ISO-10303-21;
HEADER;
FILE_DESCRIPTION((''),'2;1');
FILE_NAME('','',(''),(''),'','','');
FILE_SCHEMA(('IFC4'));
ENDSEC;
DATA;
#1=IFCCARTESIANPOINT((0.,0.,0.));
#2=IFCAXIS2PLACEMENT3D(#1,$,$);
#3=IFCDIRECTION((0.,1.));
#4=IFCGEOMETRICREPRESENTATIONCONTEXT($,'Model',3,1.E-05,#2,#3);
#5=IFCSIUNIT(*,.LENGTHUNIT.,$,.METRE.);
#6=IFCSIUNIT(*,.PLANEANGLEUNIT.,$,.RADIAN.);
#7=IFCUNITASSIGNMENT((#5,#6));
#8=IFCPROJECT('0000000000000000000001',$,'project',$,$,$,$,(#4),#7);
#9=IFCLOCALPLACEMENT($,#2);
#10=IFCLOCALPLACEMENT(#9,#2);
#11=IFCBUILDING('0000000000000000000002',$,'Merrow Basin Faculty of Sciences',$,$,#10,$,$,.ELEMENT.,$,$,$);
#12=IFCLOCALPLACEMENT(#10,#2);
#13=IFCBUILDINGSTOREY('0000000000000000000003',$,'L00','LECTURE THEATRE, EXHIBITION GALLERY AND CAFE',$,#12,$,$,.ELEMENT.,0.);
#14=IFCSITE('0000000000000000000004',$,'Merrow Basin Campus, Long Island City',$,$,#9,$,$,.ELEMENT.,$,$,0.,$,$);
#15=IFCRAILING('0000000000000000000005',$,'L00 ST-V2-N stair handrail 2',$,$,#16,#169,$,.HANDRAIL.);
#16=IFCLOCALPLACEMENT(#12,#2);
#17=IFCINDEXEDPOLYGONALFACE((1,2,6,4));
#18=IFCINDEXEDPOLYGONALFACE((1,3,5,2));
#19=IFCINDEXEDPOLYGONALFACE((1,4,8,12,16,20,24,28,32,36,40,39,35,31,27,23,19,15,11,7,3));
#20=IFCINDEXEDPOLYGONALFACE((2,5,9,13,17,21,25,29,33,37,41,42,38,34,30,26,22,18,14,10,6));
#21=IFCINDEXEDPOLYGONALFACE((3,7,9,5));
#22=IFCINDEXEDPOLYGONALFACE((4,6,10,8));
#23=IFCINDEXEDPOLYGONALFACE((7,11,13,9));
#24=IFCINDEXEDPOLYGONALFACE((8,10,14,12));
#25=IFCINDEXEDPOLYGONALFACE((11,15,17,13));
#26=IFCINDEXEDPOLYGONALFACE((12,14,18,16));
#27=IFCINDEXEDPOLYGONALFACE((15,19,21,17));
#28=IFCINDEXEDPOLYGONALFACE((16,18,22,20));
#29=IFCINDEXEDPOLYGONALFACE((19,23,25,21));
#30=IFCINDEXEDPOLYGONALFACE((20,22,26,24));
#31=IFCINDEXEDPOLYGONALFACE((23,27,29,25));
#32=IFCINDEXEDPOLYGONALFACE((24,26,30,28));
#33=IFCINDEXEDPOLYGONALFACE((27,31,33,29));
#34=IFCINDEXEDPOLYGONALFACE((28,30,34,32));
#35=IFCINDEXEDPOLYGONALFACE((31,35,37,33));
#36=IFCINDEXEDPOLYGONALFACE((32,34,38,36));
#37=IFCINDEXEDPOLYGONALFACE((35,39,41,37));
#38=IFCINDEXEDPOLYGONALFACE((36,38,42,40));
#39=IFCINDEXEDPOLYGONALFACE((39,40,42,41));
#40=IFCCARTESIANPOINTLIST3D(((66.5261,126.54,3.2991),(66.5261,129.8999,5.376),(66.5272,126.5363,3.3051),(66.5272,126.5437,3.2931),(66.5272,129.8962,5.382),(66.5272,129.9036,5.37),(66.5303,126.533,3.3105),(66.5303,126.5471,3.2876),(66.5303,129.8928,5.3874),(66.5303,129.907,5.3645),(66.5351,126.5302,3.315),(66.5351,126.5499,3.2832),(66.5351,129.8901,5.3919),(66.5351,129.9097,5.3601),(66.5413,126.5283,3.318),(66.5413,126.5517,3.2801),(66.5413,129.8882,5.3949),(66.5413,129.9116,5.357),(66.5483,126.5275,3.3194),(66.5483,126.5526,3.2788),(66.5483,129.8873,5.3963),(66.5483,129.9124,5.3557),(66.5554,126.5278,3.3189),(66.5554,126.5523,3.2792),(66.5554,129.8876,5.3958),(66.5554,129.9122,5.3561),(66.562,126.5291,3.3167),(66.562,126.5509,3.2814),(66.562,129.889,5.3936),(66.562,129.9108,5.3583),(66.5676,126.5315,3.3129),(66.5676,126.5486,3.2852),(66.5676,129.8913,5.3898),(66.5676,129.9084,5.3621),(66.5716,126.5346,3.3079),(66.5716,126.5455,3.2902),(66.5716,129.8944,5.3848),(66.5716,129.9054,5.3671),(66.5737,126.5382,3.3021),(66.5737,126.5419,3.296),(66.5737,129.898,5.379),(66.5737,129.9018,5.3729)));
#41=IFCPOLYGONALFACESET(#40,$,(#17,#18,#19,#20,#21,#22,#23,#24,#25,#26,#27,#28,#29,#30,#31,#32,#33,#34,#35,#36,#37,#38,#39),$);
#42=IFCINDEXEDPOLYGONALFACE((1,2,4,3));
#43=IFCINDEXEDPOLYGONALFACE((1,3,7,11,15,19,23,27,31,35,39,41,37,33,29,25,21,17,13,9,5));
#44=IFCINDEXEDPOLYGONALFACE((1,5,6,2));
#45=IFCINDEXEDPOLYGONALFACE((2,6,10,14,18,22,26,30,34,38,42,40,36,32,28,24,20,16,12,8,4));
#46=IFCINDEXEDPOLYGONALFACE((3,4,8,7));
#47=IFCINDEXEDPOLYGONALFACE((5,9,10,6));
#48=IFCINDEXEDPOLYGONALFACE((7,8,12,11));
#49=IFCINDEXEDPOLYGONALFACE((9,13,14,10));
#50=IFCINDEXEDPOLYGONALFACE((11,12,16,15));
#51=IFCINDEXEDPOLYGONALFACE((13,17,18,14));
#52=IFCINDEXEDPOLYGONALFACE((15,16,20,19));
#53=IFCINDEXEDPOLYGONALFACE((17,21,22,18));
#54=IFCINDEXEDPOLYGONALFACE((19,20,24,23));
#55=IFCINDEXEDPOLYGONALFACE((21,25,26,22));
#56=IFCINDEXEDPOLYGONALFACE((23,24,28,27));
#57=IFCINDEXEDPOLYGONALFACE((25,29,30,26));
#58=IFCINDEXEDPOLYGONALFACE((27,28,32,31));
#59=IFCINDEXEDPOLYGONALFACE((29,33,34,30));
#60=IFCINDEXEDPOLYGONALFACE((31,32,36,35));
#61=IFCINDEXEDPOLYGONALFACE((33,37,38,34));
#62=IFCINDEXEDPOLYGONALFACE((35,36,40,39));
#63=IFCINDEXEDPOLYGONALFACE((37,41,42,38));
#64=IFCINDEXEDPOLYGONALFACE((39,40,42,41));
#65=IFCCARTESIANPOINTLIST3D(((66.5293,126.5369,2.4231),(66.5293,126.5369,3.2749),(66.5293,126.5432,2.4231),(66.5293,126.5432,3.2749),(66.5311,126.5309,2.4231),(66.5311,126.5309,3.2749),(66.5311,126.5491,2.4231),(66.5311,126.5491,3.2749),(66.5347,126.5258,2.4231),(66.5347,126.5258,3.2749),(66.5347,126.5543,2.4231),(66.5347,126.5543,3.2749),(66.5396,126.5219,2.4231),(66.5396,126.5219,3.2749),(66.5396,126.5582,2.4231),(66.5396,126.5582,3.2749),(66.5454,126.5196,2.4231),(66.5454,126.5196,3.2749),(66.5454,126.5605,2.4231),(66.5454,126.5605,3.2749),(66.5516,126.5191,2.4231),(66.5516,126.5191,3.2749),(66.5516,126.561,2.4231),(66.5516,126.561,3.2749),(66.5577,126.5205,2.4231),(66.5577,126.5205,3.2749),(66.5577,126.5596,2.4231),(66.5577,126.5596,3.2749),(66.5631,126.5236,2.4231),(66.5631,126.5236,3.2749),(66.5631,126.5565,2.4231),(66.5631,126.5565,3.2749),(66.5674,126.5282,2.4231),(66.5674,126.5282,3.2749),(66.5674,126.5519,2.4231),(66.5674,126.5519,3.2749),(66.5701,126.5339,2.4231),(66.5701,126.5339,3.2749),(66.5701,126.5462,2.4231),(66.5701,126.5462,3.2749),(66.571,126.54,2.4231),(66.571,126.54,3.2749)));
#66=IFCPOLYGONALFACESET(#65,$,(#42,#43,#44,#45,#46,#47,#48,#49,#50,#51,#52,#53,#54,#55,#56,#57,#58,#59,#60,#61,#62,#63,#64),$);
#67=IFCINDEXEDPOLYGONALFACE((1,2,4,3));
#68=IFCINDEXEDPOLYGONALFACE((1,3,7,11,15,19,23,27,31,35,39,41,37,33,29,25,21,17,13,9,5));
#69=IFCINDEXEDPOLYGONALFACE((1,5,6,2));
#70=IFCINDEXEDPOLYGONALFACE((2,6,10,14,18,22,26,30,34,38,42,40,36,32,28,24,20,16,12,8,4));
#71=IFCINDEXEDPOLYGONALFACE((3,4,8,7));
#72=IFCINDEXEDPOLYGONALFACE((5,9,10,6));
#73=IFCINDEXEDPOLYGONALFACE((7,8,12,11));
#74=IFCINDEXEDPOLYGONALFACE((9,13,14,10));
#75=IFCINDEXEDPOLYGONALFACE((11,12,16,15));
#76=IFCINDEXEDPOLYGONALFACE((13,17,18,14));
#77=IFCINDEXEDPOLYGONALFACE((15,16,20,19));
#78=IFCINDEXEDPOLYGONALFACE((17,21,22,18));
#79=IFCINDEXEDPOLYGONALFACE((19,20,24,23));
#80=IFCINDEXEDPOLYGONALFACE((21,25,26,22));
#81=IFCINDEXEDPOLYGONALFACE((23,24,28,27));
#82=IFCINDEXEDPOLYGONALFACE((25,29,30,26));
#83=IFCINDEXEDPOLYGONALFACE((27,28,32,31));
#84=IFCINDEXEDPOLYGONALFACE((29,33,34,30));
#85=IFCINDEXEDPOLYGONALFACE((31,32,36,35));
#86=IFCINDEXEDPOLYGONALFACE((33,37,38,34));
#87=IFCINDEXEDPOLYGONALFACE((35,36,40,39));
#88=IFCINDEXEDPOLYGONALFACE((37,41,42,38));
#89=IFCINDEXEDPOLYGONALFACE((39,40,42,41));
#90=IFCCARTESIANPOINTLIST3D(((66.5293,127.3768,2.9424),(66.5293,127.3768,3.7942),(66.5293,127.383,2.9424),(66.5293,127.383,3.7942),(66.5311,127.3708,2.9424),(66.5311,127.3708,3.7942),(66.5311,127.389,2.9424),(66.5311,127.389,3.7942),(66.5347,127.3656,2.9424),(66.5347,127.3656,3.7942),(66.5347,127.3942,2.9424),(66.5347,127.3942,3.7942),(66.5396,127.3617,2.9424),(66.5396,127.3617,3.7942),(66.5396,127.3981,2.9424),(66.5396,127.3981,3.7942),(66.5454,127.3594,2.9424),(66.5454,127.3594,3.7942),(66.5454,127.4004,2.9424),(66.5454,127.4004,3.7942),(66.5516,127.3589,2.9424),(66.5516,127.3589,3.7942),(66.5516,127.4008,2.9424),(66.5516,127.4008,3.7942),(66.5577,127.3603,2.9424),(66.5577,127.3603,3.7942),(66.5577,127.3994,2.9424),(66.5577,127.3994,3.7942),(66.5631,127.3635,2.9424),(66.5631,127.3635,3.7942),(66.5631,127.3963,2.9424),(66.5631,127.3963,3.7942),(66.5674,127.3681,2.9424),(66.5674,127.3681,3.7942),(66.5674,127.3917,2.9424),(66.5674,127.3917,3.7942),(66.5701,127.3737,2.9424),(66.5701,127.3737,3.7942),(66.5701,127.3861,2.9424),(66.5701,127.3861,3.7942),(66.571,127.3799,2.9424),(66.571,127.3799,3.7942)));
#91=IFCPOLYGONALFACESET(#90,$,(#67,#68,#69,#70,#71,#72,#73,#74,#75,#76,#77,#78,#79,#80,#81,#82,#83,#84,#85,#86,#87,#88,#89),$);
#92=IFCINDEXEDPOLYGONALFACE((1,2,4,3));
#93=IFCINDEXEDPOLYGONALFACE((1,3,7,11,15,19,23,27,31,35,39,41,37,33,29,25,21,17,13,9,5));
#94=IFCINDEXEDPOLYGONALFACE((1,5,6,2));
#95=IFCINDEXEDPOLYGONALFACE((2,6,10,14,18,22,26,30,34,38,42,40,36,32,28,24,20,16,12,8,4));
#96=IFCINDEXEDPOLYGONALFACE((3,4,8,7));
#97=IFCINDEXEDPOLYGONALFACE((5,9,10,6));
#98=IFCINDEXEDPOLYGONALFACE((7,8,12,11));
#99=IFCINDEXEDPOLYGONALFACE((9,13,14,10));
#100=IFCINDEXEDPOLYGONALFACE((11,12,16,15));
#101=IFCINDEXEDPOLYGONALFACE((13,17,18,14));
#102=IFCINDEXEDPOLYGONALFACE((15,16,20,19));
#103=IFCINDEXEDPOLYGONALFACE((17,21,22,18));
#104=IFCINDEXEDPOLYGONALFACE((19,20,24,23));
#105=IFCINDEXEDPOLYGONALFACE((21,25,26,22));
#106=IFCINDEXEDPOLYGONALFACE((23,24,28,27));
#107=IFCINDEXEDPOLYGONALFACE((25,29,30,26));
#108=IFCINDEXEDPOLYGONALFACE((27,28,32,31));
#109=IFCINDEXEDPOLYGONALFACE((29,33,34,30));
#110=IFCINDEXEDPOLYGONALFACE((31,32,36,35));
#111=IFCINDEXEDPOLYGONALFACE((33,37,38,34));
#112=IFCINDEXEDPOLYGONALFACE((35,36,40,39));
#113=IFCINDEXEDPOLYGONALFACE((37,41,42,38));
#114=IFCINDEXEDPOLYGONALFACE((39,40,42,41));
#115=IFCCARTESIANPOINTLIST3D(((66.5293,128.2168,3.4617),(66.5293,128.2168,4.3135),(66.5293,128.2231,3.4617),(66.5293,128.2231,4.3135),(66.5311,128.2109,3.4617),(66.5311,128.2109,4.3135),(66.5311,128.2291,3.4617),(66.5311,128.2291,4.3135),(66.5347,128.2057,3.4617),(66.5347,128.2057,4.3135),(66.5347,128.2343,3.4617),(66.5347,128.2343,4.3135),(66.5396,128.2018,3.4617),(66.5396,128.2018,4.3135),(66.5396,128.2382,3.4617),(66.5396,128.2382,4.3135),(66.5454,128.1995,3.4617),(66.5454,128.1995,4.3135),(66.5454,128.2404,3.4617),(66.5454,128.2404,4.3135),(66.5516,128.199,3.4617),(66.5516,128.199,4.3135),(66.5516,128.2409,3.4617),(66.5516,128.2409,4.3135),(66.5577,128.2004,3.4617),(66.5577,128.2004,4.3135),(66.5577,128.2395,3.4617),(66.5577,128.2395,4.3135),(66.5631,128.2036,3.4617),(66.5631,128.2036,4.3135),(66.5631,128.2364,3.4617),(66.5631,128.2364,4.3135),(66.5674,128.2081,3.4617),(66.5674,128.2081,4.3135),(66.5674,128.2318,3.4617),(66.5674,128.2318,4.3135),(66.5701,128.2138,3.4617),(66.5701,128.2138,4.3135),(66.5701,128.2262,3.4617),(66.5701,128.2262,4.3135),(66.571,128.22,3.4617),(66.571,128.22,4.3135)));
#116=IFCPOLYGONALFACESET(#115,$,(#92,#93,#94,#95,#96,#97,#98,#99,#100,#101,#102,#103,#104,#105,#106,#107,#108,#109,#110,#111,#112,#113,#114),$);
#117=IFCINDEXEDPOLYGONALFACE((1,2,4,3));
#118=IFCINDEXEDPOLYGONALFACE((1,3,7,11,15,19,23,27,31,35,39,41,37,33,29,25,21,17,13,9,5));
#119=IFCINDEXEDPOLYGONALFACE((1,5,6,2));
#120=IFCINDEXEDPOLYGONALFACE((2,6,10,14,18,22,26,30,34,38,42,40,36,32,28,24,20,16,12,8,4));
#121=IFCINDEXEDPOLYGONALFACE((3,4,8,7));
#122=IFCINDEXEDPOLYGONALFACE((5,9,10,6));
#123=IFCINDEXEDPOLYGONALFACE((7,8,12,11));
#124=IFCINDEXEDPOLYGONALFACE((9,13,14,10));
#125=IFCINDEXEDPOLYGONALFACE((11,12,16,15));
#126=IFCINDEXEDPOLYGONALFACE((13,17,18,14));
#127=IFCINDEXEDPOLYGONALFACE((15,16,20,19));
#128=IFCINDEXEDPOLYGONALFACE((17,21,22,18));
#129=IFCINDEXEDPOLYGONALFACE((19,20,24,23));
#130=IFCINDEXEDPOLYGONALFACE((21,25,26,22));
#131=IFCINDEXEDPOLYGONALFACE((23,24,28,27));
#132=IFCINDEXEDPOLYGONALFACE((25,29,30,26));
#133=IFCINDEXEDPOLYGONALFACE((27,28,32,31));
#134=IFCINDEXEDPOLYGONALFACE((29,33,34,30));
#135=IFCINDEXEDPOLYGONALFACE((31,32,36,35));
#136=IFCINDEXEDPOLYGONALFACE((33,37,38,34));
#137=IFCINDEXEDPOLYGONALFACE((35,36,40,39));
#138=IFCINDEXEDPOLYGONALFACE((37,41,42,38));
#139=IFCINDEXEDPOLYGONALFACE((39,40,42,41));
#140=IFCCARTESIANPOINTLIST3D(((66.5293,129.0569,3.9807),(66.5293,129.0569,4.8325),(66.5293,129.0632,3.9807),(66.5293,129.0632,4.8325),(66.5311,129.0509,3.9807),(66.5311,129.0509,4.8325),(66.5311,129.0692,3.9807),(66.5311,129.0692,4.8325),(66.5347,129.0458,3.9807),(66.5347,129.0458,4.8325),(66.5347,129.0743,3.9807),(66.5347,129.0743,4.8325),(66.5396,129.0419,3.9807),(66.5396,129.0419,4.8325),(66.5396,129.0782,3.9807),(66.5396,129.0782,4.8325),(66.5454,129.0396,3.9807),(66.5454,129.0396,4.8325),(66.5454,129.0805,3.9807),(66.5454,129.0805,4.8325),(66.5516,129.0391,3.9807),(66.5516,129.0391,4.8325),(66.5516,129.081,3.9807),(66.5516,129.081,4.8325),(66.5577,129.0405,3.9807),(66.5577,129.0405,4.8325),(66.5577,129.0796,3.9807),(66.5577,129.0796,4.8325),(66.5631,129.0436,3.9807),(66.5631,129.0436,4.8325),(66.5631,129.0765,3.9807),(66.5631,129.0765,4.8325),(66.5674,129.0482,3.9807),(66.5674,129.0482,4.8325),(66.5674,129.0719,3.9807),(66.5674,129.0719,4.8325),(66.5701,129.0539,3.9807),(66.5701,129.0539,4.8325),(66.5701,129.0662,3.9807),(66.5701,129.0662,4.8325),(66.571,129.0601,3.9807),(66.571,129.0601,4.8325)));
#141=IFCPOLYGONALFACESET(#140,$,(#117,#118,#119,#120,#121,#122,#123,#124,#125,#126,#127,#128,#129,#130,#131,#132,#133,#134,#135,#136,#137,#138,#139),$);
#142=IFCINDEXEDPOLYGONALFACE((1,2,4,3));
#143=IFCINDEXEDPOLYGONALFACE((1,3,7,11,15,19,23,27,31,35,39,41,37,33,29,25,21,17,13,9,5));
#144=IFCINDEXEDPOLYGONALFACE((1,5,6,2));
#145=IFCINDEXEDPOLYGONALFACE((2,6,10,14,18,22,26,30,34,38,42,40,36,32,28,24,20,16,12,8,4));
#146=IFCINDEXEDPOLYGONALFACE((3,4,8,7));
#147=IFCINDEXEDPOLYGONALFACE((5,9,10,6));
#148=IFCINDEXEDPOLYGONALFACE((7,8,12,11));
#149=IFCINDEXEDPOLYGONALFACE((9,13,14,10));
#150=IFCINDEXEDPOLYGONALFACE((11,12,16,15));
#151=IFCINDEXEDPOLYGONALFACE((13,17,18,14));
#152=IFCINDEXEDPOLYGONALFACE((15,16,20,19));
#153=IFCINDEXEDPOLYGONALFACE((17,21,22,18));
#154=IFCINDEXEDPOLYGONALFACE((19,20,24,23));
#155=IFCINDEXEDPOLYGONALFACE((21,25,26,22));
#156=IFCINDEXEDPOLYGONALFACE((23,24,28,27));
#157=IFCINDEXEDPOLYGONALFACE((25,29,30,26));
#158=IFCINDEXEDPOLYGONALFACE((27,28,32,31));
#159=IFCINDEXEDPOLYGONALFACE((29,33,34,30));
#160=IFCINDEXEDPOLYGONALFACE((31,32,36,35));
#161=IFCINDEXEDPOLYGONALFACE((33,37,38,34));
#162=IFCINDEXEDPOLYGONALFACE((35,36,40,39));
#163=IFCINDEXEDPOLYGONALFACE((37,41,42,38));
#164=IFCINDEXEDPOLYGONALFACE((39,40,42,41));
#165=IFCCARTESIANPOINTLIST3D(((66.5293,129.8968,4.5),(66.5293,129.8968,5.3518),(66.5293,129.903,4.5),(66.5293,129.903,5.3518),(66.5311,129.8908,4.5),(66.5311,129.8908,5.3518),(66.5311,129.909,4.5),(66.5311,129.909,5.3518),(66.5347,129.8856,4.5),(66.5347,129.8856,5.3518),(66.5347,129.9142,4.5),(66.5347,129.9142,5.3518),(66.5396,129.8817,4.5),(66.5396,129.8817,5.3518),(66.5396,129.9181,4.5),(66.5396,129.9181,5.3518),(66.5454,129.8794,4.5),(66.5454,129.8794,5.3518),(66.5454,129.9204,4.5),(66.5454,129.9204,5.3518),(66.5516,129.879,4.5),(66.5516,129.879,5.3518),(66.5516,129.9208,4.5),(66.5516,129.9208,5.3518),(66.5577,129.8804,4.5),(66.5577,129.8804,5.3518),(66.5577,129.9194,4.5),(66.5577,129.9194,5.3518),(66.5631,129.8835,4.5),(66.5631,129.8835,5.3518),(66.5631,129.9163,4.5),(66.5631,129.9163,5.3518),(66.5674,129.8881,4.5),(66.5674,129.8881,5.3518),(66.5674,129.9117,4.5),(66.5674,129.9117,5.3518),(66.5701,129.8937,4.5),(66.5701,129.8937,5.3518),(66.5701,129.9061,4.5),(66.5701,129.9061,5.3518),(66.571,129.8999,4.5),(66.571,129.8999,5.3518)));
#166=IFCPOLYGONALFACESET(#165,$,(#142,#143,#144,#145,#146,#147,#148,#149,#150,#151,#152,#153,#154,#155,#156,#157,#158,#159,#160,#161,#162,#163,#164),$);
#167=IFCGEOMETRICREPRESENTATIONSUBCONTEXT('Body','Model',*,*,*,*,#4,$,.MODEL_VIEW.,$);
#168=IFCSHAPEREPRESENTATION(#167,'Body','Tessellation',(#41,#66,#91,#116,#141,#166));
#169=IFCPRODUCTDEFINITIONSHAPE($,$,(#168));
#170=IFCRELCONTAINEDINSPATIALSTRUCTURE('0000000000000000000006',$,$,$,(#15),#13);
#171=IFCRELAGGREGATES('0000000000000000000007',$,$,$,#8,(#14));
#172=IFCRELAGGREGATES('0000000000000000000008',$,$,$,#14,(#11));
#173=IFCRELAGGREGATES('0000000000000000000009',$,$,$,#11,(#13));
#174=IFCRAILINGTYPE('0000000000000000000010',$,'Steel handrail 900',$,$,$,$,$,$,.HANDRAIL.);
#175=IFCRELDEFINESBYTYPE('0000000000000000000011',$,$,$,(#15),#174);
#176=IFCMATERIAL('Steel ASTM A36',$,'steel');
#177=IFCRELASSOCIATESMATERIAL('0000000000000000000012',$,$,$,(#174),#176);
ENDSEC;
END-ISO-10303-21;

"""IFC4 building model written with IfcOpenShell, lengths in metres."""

from ifc_helpers import new_model, si_unit, direction, frame, origin, origin_2d, place, context, subcontext, project, spatial, circle, extrude, material, type_object, element, save


model = new_model("IFC4")

# Units and contexts
model_context = context("Model", 3, precision=1e-05, world=origin(), true_north=direction((0.0, 1.0)))
body_context = subcontext(model_context, "Body", "Model", "MODEL_VIEW")
ifc_project = project(units=[si_unit("LENGTHUNIT", "METRE"), si_unit("PLANEANGLEUNIT", "RADIAN")], contexts=[model_context])

# Site, building, storey
site_placement = place(None, origin())
site = spatial("IfcSite", under=ifc_project, at=site_placement, Name="Merrow Basin Campus, Long Island City", CompositionType="ELEMENT", RefElevation=0.0)
building_placement = place(site_placement, origin())
building = spatial("IfcBuilding", under=site, at=building_placement, Name="Merrow Basin Faculty of Sciences", CompositionType="ELEMENT")
storey_placement = place(building_placement, origin())
storey = spatial("IfcBuildingStorey", under=building, at=storey_placement, Name="L00", Description="LECTURE THEATRE, EXHIBITION GALLERY AND CAFE", CompositionType="ELEMENT", Elevation=0.0)

# Railing
ifc_material_1 = material(Name="Steel ASTM A36", Category="steel")
railing_type_1 = type_object("IfcRailingType", Name="Steel handrail 900", PredefinedType="HANDRAIL", material=ifc_material_1)
railing_1_placement = place(storey_placement, frame((66.55, 126.54, 2.4231)))
element("IfcRailing", 1, at=railing_1_placement, inside=storey, type_object=railing_type_1, Name="L00 ST-V2-N stair handrail 2", PredefinedType="HANDRAIL", context=body_context, shape_type="SweptSolid", body=[
    extrude(circle(Radius=0.0239, at=origin_2d()), frame((0.0, 0.0, 0.876), z_axis=(0.0, 0.850606, 0.525803), x_axis=(-1.0, 0.0, 0.0)), (0.0, 0.0, 1.0), 3.95),
    extrude(circle(Radius=0.021, at=origin_2d()), origin(), (0.0, 0.0, 1.0), 0.8518),
    extrude(circle(Radius=0.021, at=origin_2d()), frame((0.0, 0.8398, 0.5193)), (0.0, 0.0, 1.0), 0.8518),
    extrude(circle(Radius=0.021, at=origin_2d()), frame((0.0, 1.6799, 1.0386)), (0.0, 0.0, 1.0), 0.8518),
    extrude(circle(Radius=0.021, at=origin_2d()), frame((0.0, 2.52, 1.5576)), (0.0, 0.0, 1.0), 0.8518),
    extrude(circle(Radius=0.021, at=origin_2d()), frame((0.0, 3.3599, 2.0769)), (0.0, 0.0, 1.0), 0.8518),
])

save(model, "model.ifc")
